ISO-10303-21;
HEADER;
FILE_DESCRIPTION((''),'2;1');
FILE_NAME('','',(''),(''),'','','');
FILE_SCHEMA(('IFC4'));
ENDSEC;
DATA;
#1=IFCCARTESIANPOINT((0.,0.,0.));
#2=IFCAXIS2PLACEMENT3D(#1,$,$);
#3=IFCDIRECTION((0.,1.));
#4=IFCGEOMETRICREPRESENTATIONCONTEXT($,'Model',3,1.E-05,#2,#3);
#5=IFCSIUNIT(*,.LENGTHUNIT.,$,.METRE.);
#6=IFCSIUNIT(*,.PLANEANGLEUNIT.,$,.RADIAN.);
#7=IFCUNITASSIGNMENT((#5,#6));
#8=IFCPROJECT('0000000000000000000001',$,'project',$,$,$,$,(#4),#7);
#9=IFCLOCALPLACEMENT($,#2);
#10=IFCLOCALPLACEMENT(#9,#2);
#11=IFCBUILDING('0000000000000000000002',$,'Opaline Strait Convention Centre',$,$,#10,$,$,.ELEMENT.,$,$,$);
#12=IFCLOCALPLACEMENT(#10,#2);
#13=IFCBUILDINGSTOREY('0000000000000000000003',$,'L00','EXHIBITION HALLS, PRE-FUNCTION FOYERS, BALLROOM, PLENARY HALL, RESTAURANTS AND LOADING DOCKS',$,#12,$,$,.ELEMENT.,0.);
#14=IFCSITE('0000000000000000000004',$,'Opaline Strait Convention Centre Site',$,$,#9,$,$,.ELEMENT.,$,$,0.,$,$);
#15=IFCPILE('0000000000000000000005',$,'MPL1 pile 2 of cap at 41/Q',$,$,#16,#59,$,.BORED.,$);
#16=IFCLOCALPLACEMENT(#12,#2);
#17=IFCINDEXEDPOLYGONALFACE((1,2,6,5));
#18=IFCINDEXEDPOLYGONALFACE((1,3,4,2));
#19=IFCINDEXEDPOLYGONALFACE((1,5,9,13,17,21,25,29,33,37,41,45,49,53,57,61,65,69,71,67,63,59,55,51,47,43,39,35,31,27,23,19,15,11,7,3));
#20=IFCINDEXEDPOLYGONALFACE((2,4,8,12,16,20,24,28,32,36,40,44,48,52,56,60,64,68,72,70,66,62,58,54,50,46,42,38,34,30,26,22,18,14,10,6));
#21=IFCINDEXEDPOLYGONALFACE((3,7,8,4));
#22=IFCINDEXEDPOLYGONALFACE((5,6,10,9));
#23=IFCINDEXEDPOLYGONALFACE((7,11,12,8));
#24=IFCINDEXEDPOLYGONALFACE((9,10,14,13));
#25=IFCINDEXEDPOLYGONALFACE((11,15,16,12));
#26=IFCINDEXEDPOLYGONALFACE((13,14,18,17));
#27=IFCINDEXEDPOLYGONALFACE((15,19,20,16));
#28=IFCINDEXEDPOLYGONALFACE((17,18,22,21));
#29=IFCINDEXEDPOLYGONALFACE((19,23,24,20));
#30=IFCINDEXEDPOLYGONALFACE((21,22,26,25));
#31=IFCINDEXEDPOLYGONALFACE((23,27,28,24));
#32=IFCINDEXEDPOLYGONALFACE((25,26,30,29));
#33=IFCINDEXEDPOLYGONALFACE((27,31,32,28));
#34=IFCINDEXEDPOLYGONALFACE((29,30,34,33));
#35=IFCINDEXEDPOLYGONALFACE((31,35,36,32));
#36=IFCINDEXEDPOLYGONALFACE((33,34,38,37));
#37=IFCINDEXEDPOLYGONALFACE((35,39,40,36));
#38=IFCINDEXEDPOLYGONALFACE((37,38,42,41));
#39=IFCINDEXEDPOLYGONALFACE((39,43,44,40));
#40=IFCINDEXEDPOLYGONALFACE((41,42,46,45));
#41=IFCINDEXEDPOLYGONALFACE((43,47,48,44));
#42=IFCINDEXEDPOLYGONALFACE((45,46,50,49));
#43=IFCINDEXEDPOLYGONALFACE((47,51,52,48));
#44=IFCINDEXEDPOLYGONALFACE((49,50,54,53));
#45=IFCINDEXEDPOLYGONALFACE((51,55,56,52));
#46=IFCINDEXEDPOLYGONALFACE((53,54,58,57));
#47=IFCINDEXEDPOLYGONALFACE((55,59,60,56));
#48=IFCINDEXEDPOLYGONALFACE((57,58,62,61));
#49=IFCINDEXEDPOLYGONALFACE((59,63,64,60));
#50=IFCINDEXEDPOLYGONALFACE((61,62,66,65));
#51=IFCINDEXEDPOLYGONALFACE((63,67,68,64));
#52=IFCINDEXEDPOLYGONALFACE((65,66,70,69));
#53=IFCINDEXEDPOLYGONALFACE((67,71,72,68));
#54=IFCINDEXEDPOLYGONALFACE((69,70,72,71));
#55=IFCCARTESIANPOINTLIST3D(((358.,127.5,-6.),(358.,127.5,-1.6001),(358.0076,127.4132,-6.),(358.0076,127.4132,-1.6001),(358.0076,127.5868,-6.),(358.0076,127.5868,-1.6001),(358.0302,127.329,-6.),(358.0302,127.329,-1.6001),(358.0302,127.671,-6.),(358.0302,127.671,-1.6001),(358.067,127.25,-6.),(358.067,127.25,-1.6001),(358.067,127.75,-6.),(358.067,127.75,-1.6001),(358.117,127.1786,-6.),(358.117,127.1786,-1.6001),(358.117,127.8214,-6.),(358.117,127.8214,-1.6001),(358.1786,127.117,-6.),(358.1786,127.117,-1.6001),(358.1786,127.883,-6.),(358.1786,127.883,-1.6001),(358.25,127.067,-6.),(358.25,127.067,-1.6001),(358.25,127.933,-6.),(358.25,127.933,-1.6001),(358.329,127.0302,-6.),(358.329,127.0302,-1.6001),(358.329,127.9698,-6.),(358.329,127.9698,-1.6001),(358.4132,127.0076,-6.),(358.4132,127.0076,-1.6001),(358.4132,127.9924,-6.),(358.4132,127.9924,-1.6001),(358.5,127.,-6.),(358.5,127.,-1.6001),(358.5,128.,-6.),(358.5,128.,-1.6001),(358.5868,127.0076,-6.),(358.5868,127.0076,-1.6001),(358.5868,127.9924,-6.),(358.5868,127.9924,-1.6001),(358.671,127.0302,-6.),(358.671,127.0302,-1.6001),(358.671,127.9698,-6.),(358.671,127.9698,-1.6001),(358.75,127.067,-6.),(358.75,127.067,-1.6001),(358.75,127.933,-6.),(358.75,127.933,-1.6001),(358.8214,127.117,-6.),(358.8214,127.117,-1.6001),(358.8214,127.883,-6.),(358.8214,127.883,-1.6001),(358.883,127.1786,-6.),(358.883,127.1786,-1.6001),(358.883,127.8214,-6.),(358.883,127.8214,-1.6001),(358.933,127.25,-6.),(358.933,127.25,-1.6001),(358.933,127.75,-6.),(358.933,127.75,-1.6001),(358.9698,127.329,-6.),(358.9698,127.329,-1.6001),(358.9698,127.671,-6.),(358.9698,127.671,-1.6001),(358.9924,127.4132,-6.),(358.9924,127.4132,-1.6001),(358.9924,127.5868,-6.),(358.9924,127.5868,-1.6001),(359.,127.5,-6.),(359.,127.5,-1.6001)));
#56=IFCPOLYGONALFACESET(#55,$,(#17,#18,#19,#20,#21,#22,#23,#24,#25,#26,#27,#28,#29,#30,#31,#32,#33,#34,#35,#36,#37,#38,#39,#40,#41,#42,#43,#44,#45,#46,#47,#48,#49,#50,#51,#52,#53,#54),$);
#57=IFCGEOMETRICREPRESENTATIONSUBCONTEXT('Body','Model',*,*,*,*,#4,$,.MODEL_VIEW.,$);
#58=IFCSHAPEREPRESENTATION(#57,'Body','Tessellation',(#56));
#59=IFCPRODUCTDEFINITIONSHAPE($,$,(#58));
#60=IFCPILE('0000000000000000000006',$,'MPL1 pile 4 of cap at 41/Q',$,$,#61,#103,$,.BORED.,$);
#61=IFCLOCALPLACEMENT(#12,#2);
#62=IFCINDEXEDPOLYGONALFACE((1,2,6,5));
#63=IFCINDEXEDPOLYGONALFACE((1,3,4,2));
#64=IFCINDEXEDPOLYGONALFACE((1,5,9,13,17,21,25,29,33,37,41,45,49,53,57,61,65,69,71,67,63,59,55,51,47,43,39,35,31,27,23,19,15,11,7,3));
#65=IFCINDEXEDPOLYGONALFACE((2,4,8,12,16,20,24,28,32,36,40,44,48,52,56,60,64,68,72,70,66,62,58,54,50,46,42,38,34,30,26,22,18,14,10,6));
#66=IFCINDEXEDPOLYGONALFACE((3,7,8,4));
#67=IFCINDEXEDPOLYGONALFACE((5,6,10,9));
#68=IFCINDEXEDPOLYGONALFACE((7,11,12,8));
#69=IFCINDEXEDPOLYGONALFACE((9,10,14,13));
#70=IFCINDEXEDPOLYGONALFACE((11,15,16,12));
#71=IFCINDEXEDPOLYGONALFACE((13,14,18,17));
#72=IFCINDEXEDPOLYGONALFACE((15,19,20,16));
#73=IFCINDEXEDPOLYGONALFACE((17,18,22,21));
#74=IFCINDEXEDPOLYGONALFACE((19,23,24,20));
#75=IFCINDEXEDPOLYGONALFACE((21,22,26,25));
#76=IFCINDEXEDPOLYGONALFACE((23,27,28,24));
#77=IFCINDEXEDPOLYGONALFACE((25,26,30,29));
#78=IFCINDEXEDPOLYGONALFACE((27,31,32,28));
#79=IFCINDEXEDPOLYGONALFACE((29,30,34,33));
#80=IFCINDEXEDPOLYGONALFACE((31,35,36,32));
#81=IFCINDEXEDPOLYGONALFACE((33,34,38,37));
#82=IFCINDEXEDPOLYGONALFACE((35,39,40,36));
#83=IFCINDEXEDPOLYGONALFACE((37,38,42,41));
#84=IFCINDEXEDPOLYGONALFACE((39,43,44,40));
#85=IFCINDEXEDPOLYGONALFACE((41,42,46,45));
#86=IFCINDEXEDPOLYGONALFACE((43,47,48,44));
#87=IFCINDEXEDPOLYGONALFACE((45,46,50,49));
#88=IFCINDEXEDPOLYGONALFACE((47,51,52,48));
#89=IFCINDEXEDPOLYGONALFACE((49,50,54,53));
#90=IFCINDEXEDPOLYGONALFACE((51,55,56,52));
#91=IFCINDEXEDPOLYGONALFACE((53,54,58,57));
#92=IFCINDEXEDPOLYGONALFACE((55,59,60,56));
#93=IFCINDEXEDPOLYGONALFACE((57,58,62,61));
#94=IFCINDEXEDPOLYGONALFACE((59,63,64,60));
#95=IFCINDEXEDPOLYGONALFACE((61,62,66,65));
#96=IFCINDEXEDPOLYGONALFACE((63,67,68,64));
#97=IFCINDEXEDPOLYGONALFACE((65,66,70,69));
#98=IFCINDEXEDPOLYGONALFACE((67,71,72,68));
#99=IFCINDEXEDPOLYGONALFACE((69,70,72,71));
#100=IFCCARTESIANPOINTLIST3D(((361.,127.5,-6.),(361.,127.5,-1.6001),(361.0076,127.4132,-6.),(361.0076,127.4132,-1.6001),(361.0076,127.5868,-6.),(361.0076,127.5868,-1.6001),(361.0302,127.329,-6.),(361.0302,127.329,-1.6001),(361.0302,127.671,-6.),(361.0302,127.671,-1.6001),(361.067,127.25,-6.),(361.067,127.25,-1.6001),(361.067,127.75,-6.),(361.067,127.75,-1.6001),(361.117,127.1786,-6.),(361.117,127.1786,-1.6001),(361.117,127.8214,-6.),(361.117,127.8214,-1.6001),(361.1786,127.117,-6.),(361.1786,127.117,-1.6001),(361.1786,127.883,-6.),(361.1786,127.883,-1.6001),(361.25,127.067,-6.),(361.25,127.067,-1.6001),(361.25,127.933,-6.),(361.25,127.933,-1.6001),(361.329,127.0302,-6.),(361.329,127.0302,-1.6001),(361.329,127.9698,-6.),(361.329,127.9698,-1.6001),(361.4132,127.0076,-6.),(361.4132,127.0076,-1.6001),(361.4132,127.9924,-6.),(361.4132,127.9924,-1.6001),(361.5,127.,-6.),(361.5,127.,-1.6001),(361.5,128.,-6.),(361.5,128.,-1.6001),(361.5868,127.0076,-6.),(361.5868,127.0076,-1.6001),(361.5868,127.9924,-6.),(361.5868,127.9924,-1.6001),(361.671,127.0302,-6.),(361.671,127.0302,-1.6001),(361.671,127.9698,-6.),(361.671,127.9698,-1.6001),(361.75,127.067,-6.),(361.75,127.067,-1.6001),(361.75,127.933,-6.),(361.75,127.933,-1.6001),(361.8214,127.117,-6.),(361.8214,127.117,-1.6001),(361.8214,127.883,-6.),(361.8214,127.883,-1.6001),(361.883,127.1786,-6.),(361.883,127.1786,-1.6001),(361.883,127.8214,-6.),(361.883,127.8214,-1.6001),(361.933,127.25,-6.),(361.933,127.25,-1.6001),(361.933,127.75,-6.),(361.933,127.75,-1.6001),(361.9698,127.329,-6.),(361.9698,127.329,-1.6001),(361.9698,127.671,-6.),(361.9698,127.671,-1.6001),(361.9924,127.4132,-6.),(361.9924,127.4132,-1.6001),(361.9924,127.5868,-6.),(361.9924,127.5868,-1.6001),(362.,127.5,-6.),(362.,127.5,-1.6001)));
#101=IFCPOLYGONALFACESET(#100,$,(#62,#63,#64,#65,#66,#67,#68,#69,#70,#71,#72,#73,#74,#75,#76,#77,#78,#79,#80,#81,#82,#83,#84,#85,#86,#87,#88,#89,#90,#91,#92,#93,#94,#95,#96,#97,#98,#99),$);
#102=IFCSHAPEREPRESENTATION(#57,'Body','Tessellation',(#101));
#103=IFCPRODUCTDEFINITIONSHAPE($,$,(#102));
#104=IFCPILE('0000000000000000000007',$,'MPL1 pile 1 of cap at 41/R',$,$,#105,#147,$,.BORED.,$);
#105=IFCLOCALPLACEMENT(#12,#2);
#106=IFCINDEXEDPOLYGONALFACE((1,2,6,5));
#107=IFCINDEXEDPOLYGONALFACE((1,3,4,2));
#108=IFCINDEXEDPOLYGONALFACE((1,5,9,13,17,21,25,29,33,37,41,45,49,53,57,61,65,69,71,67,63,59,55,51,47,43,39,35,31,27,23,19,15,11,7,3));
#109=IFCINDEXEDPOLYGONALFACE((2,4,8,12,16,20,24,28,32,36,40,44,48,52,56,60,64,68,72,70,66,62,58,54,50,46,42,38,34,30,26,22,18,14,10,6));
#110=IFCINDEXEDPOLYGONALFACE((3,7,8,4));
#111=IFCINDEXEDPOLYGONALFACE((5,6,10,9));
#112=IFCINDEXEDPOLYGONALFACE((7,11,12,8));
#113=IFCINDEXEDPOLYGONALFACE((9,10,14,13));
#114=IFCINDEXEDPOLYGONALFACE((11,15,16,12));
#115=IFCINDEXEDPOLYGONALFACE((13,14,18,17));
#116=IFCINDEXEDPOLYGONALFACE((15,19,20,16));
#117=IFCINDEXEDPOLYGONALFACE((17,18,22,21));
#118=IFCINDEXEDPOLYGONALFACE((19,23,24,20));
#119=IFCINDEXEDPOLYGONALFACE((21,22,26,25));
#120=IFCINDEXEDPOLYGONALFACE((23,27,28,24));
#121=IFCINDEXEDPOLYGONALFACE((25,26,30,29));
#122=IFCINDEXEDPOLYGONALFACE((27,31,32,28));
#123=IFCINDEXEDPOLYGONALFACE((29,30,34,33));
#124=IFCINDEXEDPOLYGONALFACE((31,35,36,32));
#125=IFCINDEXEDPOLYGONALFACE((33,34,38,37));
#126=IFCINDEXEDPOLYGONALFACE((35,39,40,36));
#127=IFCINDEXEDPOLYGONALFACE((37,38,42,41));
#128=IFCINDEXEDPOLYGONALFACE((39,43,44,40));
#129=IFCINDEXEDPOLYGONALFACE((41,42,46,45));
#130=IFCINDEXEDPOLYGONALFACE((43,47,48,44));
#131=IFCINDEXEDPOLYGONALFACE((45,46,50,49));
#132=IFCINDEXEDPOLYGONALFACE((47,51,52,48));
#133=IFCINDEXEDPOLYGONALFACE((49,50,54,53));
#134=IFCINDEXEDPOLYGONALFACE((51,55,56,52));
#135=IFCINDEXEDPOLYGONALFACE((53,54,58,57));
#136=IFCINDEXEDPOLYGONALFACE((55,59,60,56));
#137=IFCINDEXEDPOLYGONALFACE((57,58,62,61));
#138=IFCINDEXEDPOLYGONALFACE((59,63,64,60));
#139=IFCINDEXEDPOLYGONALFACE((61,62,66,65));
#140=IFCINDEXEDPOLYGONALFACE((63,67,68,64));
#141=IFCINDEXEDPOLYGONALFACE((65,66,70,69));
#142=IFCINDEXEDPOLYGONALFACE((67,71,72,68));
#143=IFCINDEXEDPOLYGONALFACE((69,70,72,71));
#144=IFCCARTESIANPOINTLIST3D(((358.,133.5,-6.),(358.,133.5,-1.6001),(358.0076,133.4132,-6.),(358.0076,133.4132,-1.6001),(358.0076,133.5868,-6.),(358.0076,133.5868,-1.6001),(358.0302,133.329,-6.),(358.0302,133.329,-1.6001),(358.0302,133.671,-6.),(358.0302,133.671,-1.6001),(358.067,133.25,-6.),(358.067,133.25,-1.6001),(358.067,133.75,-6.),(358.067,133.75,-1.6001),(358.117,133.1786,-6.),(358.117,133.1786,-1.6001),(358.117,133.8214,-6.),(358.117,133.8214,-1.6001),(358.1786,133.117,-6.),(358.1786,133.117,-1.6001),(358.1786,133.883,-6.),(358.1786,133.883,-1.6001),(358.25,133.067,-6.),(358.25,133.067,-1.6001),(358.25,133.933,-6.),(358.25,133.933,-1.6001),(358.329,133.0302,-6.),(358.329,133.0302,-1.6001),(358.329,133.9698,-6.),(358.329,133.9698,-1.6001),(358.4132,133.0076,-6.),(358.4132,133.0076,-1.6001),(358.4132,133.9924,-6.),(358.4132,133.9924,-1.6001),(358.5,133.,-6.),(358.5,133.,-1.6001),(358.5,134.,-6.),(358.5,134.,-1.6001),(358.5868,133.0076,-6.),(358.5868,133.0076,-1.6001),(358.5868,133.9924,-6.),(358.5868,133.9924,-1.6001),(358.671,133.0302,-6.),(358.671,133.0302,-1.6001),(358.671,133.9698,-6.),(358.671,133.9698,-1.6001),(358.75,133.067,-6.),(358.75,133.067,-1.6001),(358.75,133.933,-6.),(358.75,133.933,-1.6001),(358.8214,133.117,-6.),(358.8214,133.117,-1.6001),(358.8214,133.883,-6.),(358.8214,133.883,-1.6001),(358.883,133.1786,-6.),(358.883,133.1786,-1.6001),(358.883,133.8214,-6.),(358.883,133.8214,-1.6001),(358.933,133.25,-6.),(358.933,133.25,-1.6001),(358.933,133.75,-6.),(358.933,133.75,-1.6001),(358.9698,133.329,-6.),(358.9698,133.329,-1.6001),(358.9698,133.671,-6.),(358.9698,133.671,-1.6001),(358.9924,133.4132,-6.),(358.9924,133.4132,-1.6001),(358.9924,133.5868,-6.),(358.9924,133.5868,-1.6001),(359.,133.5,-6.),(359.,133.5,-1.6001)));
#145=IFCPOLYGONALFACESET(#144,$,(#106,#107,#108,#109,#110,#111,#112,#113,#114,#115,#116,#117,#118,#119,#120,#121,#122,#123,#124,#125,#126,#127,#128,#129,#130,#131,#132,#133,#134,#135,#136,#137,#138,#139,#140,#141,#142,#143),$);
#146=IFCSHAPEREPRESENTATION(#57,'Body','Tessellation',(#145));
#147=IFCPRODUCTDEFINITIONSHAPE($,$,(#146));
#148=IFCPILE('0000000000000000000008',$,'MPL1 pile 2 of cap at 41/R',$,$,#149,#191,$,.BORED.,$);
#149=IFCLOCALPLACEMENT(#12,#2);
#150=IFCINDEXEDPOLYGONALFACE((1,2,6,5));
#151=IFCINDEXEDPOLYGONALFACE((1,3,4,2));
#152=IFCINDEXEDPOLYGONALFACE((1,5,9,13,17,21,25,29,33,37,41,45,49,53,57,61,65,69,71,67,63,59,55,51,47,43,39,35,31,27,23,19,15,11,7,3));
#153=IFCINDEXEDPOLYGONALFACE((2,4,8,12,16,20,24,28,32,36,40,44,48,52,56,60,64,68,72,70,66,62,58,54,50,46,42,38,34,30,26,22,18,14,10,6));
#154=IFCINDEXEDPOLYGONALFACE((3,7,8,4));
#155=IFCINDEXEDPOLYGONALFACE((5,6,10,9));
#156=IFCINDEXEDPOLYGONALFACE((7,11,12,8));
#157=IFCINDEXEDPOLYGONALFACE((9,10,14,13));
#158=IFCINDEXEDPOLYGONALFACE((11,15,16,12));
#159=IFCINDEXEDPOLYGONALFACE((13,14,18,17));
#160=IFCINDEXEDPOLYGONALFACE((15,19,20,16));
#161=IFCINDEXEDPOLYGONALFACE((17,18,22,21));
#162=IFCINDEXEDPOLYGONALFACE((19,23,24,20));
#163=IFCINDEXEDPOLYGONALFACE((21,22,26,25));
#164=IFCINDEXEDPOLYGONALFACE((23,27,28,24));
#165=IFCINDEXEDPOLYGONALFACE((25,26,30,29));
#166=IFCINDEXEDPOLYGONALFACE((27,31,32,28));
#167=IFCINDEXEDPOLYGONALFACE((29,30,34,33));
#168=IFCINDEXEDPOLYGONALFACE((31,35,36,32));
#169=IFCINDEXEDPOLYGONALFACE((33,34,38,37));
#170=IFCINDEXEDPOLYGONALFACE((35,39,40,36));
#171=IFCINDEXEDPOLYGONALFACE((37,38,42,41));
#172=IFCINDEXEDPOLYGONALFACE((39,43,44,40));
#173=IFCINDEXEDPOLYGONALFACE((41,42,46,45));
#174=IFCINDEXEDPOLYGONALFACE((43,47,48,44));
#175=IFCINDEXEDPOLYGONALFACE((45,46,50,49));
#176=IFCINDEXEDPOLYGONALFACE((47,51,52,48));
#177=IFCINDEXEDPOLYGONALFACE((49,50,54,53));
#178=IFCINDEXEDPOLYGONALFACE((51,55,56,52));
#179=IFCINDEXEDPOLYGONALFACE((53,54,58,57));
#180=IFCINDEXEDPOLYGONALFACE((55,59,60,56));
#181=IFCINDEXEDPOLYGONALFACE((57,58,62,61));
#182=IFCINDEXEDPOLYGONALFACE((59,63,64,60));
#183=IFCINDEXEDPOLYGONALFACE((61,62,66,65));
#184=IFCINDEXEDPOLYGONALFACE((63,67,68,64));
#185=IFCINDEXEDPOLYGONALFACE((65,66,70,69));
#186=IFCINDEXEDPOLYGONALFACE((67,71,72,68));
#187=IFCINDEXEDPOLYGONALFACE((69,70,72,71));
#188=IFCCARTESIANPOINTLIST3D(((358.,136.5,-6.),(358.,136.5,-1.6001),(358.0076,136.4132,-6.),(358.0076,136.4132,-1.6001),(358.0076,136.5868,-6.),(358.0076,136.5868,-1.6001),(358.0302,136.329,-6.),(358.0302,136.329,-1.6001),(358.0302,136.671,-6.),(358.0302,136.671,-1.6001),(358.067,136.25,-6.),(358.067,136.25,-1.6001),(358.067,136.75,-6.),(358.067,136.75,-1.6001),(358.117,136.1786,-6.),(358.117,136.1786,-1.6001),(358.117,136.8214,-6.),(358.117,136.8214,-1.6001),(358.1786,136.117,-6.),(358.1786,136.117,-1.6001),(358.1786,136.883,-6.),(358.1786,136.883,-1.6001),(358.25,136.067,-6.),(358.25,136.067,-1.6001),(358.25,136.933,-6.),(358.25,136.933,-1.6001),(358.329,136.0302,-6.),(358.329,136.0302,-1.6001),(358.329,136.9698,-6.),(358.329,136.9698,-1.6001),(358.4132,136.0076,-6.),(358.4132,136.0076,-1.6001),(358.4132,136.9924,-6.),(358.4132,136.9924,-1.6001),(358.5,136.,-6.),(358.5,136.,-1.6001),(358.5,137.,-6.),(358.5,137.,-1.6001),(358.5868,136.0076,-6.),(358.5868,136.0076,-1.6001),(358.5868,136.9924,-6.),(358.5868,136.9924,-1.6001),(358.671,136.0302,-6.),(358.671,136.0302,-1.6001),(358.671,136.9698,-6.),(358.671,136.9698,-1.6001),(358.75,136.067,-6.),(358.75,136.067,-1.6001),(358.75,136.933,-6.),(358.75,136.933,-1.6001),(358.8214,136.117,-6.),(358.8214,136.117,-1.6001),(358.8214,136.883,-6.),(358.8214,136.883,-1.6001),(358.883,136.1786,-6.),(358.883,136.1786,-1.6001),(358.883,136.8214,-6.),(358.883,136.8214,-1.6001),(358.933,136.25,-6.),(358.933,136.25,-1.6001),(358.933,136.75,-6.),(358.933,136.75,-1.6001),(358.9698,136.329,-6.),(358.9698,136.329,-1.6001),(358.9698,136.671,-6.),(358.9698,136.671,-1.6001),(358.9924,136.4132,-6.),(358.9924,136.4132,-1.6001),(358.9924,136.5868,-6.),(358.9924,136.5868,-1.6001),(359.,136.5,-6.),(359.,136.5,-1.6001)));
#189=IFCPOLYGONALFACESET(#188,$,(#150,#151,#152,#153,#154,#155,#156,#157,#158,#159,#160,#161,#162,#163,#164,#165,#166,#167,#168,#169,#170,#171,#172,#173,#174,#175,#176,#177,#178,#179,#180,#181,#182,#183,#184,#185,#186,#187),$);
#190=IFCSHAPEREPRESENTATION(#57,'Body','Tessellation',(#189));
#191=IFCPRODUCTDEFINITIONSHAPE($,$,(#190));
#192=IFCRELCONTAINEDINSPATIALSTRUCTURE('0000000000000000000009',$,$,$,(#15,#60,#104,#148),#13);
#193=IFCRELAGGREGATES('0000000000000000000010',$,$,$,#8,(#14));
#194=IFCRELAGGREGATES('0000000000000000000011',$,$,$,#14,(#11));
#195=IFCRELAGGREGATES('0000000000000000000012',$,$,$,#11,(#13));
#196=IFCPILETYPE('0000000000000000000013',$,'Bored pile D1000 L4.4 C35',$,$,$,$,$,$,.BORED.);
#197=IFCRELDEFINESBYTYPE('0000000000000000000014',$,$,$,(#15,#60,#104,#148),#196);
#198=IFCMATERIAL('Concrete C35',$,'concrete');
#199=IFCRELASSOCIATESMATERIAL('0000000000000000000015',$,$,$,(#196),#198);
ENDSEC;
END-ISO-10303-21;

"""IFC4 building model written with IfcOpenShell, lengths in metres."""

from ifc_helpers import new_model, si_unit, direction, frame, origin, origin_2d, place, context, subcontext, project, spatial, circle, extrude, material, material_profile, profile_set, type_object, element, save


model = new_model("IFC4")

# Units and contexts
model_context = context("Model", 3, precision=1e-05, world=origin(), true_north=direction((0.0, 1.0)))
body_context = subcontext(model_context, "Body", "Model", "MODEL_VIEW")
ifc_project = project(units=[si_unit("LENGTHUNIT", "METRE"), si_unit("PLANEANGLEUNIT", "RADIAN")], contexts=[model_context])

# Site, building, storey
site_placement = place(None, origin())
site = spatial("IfcSite", under=ifc_project, at=site_placement, Name="Opaline Strait Convention Centre Site", CompositionType="ELEMENT", RefElevation=0.0)
building_placement = place(site_placement, origin())
building = spatial("IfcBuilding", under=site, at=building_placement, Name="Opaline Strait Convention Centre", CompositionType="ELEMENT")
storey_placement = place(building_placement, origin())
storey = spatial("IfcBuildingStorey", under=building, at=storey_placement, Name="L00", Description="EXHIBITION HALLS, PRE-FUNCTION FOYERS, BALLROOM, PLENARY HALL, RESTAURANTS AND LOADING DOCKS", CompositionType="ELEMENT", Elevation=0.0)

# Piles
ifc_material_1 = material(Name="Concrete C35", Category="concrete")
ifc_material_profile_1 = material_profile(ifc_material_1, circle(Radius=0.5, at=origin_2d()), Name="D1000")
ifc_profile_set_1 = profile_set([ifc_material_profile_1], Name="Concrete C35")
pile_type = type_object("IfcPileType", Name="Bored pile D1000 L4.4 C35", PredefinedType="BORED", material=ifc_profile_set_1)
for number, where, z_axis, x_axis, name in (
    (1, (358.5, 127.5, -1.6001), (0.0, 0.0, -1.0), (1.0, 0.0, 0.0), "MPL1 pile 2 of cap at 41/Q"),
    (2, (361.5, 127.5, -1.6001), (0.0, 0.0, -1.0), (1.0, 0.0, 0.0), "MPL1 pile 4 of cap at 41/Q"),
    (3, (358.5, 133.5, -1.6001), (0.0, 0.0, -1.0), (1.0, 0.0, 0.0), "MPL1 pile 1 of cap at 41/R"),
    (4, (358.5, 136.5, -1.6001), (0.0, 0.0, -1.0), (1.0, 0.0, 0.0), "MPL1 pile 2 of cap at 41/R"),
):
    element("IfcPile", number, at=place(storey_placement, frame(where, z_axis=z_axis, x_axis=x_axis)), inside=storey, type_object=pile_type, Name=name, PredefinedType="BORED", context=body_context, shape_type="SweptSolid", body=[
        extrude(circle(Radius=0.5, at=origin_2d()), origin(), (0.0, 0.0, 1.0), 4.3999),
    ])

save(model, "model.ifc")
